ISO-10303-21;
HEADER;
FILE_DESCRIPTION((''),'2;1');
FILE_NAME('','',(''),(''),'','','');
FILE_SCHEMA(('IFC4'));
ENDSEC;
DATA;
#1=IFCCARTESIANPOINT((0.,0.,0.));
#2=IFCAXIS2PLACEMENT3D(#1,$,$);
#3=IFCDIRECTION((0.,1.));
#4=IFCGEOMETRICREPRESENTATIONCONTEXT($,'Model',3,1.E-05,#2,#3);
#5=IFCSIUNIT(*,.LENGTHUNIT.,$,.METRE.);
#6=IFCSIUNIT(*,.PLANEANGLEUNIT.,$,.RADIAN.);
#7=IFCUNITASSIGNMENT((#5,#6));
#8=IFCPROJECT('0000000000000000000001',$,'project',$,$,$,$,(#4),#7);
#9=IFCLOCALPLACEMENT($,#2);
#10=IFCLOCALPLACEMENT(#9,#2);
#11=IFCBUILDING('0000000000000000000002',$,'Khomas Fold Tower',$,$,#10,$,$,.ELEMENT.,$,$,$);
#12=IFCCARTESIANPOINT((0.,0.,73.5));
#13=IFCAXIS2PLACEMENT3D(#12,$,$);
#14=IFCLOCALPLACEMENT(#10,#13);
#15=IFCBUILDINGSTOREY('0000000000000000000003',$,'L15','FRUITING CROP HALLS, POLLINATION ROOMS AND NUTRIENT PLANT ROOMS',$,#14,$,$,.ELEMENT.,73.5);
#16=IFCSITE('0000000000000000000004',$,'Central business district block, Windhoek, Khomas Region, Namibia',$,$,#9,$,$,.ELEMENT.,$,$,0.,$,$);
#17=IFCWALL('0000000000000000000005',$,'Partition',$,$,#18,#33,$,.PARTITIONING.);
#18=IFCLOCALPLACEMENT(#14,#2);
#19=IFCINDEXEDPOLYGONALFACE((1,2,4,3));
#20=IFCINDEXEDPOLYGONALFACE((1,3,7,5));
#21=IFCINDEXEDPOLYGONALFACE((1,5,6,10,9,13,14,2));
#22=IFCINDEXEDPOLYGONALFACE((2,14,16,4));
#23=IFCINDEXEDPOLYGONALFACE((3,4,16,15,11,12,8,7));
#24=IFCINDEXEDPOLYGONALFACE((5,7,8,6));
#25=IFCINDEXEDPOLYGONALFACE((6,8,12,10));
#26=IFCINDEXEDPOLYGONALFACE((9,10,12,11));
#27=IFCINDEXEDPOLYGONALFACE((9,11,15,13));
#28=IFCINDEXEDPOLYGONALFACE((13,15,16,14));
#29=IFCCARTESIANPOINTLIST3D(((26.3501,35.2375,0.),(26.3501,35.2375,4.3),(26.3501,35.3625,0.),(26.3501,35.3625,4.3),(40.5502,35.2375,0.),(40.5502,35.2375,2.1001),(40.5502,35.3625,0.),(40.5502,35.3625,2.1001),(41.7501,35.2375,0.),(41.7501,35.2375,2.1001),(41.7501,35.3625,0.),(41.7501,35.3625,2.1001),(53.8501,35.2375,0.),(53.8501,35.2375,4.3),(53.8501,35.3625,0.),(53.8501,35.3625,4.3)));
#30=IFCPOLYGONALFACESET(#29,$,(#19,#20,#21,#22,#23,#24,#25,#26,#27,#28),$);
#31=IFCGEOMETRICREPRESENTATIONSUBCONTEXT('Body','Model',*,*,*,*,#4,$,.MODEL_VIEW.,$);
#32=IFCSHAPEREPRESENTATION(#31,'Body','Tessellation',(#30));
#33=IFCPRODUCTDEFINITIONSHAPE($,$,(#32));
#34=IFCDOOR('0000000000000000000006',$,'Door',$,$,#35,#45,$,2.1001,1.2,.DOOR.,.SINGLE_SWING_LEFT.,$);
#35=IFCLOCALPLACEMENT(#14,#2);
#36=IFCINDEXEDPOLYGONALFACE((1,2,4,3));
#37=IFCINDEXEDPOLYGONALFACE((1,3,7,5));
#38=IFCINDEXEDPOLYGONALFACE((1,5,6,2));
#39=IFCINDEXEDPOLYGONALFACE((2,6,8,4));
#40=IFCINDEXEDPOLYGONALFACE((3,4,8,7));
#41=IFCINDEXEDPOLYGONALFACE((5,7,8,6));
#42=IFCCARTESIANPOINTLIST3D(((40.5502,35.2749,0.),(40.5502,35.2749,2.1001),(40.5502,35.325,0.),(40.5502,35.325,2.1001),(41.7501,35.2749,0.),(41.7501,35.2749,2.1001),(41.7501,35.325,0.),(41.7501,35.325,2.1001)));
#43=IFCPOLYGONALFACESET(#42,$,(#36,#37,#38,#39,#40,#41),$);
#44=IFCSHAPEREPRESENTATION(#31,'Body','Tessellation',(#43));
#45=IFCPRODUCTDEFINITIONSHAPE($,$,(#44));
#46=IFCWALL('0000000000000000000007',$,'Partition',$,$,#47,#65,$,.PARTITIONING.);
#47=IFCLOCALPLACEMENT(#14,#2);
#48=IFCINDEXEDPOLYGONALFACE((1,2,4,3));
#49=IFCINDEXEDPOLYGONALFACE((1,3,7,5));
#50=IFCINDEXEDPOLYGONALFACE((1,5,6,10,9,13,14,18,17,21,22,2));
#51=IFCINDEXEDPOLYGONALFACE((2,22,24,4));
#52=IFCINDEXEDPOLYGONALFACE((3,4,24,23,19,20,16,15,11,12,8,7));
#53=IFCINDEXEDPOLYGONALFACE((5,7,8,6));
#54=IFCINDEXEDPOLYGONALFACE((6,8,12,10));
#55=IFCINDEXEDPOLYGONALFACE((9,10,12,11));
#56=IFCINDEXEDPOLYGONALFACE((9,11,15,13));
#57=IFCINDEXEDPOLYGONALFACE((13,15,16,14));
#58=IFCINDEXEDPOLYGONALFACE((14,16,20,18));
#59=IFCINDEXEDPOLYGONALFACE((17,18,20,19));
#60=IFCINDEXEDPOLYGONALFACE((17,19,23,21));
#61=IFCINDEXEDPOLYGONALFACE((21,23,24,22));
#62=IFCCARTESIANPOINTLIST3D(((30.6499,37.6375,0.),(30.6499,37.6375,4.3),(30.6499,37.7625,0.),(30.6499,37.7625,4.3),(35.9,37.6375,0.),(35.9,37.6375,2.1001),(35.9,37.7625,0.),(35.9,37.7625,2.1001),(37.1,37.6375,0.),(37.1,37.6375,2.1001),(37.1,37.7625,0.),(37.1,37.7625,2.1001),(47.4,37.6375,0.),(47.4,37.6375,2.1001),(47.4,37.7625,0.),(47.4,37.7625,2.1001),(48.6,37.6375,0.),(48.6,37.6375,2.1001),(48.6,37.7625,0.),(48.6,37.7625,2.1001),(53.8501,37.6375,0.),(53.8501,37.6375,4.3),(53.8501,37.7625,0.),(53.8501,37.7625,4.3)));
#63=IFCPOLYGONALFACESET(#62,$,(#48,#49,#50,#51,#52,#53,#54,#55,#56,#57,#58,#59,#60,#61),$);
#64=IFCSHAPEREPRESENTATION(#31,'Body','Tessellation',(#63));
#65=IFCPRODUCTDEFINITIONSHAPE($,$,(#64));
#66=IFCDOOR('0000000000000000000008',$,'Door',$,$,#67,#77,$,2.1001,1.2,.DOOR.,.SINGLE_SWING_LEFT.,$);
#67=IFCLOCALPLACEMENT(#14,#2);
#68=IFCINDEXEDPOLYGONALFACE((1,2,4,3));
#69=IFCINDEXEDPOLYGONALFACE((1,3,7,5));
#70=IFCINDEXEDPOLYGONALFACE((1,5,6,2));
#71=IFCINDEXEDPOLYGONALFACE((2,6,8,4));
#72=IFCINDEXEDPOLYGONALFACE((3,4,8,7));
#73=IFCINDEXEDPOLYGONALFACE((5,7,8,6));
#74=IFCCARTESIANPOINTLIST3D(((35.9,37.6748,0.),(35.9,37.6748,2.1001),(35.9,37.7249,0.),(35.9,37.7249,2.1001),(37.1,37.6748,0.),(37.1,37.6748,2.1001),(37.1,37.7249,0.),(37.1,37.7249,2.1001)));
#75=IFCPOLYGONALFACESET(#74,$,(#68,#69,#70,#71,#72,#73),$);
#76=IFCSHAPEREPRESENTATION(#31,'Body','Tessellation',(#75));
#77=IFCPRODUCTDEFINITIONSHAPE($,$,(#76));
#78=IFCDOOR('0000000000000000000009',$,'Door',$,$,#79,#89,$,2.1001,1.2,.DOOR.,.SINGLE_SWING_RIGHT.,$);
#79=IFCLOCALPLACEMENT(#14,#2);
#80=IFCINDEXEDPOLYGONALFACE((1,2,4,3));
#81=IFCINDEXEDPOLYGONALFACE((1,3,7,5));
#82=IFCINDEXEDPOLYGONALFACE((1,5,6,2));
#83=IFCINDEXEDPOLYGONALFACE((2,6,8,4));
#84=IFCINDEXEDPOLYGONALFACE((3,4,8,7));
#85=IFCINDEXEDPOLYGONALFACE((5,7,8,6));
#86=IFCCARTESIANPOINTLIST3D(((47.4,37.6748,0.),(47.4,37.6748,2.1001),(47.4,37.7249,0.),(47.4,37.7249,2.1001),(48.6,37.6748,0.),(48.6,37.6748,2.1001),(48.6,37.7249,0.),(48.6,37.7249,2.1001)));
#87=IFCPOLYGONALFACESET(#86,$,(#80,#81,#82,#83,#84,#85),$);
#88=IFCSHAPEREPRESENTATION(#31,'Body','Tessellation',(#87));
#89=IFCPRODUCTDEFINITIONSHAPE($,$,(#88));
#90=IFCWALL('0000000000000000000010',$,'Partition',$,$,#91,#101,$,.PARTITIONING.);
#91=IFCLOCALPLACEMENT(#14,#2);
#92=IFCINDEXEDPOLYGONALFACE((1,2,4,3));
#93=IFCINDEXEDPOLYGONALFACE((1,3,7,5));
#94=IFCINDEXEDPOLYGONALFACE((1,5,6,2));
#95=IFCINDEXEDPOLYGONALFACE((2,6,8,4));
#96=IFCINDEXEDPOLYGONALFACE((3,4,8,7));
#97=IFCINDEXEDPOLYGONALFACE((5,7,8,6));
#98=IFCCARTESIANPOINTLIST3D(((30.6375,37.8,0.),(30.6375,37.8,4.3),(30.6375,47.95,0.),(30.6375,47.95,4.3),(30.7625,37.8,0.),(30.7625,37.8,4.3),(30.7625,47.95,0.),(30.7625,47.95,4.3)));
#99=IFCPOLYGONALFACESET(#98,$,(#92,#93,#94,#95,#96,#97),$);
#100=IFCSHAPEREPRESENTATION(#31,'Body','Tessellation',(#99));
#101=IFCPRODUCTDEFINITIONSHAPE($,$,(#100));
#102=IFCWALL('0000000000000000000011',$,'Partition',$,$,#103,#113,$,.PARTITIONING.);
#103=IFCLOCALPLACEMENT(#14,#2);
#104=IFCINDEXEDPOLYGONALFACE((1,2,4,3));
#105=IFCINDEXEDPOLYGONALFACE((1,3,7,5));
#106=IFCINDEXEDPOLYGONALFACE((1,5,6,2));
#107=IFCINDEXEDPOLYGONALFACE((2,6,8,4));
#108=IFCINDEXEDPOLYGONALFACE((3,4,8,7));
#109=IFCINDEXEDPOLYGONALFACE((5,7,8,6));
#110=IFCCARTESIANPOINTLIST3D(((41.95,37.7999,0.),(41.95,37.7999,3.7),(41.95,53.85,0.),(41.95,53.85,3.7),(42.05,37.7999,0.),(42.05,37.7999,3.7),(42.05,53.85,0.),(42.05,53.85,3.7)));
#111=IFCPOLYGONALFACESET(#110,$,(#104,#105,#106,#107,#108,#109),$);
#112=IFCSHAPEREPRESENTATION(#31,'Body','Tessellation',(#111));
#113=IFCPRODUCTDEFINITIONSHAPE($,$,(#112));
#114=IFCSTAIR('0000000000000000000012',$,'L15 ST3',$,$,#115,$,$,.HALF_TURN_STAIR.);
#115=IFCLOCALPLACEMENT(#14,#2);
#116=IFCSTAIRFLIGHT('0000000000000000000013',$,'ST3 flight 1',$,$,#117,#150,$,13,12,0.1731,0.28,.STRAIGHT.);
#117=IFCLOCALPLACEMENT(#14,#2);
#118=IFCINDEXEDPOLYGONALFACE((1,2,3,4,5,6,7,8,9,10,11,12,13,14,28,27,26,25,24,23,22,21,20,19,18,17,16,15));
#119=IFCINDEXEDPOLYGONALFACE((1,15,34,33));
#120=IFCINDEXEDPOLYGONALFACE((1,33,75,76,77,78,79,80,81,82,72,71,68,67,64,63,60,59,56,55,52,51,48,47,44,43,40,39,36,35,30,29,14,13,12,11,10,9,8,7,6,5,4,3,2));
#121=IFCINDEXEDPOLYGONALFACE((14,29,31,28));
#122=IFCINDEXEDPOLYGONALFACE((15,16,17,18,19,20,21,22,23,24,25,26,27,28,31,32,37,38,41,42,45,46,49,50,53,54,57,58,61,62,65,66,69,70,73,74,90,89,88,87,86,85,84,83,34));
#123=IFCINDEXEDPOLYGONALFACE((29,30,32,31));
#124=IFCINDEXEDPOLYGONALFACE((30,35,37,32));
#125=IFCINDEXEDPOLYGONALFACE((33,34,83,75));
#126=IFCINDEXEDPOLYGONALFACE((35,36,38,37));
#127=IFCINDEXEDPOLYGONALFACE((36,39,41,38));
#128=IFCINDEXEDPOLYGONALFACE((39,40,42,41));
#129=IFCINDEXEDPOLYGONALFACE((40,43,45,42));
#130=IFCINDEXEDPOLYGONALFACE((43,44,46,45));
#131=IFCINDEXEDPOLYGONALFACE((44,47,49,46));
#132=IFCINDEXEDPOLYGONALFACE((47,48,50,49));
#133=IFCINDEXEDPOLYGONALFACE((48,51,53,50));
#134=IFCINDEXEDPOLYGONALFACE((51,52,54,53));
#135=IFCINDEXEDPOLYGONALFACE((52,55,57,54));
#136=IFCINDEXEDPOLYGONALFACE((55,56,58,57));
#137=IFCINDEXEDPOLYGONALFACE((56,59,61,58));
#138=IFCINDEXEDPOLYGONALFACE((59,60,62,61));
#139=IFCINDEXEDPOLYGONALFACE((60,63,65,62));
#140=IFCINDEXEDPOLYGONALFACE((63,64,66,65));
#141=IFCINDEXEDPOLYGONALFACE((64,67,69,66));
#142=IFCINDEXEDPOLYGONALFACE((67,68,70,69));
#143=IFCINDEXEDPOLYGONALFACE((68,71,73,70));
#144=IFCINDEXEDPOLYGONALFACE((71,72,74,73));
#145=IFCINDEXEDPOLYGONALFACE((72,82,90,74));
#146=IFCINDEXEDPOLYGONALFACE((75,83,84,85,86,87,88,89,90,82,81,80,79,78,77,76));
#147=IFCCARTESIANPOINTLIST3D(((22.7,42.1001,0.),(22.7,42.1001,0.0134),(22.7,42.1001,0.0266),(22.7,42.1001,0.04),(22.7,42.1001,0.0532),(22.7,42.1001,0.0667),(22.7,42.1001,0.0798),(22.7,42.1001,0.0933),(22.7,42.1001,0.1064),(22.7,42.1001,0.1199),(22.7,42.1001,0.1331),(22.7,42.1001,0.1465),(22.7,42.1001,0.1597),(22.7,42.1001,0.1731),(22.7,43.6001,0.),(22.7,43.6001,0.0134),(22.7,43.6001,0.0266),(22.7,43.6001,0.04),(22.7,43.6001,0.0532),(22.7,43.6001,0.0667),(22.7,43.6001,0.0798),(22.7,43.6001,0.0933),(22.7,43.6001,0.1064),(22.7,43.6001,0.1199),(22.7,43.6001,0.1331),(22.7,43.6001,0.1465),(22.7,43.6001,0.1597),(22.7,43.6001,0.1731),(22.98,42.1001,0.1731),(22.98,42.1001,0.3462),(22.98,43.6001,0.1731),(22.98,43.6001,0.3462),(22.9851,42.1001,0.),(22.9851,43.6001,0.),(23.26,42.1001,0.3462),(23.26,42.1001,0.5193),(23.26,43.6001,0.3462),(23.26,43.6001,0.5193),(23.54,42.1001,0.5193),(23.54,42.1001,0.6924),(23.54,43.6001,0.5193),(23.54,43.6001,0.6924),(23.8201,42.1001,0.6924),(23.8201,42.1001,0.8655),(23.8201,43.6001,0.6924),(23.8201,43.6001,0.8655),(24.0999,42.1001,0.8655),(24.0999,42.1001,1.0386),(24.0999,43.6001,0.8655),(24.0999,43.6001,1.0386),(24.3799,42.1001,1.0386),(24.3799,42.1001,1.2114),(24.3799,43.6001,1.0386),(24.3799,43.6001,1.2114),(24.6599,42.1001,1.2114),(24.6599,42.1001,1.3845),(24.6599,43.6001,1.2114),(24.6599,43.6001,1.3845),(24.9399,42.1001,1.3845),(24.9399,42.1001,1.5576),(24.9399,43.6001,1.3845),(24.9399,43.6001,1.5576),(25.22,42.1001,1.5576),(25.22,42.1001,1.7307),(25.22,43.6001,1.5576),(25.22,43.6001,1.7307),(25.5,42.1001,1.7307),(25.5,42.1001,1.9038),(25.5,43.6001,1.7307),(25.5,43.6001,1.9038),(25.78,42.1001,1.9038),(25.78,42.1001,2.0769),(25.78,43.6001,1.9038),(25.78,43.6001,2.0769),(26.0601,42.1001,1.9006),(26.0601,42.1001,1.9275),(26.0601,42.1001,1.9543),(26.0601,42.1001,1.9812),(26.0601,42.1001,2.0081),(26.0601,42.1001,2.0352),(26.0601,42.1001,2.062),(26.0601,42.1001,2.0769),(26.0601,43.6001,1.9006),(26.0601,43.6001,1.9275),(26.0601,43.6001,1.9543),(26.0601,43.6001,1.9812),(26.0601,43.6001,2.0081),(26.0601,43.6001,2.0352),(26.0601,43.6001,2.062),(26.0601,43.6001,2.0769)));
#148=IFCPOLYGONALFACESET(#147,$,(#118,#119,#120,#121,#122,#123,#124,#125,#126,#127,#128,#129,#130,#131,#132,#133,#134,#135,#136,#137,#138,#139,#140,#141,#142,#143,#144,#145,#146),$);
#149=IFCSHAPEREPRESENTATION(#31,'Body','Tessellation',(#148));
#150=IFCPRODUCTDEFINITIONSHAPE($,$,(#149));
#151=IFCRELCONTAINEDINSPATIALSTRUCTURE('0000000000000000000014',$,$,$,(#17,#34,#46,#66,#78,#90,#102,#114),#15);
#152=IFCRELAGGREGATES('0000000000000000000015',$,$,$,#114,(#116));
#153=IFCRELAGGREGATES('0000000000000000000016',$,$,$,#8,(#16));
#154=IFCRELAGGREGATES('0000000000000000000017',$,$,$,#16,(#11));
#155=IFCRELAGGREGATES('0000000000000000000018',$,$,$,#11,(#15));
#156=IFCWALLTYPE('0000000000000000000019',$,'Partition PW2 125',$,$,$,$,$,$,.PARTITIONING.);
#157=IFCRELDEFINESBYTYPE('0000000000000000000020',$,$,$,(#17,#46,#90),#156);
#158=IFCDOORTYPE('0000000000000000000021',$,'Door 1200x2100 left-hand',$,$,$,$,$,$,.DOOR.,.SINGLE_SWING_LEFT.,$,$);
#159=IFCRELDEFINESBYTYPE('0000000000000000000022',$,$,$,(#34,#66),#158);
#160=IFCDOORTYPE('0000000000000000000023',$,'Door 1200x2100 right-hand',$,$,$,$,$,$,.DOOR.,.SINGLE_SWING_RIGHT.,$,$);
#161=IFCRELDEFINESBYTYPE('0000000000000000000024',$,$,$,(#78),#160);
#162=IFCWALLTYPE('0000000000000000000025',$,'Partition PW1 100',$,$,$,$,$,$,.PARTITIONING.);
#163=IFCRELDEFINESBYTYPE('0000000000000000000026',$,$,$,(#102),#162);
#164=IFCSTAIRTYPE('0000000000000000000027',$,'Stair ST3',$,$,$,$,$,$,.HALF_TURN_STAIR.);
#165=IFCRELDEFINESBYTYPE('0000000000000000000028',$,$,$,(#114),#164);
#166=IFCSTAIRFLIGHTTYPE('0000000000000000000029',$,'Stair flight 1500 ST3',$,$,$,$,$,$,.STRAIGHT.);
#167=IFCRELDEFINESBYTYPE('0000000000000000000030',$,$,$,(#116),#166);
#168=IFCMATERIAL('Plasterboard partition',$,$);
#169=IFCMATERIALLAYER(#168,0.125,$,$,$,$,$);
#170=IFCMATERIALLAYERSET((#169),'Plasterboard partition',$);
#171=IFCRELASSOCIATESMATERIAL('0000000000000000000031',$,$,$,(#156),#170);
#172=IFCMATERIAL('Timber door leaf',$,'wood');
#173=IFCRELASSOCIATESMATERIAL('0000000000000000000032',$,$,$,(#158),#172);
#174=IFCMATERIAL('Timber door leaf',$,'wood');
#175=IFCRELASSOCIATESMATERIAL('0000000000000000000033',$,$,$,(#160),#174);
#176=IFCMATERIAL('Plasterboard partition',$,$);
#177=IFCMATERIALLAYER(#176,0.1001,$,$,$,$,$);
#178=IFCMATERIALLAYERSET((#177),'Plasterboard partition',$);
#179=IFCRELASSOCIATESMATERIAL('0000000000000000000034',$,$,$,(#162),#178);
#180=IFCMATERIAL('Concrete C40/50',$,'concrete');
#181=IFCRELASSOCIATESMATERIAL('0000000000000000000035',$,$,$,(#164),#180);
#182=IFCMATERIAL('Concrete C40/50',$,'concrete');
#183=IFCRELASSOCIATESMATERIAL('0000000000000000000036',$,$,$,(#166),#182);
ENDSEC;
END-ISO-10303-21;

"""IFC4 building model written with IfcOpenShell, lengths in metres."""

from ifc_helpers import new_model, si_unit, direction, frame, frame_2d, origin, place, context, subcontext, project, spatial, polyline, rectangle, outline, extrude, source, transform, mapped, material, layer, layer_set, type_object, element, fill, aggregate, save


model = new_model("IFC4")

# Units and contexts
model_context = context("Model", 3, precision=1e-05, world=origin(), true_north=direction((0.0, 1.0)))
body_context = subcontext(model_context, "Body", "Model", "MODEL_VIEW")
ifc_project = project(units=[si_unit("LENGTHUNIT", "METRE"), si_unit("PLANEANGLEUNIT", "RADIAN")], contexts=[model_context])

# Site, building, storey
site_placement = place(None, origin())
site = spatial("IfcSite", under=ifc_project, at=site_placement, Name="Central business district block, Windhoek, Khomas Region, Namibia", CompositionType="ELEMENT", RefElevation=0.0)
building_placement = place(site_placement, origin())
building = spatial("IfcBuilding", under=site, at=building_placement, Name="Khomas Fold Tower", CompositionType="ELEMENT")
storey_placement = place(building_placement, frame((0.0, 0.0, 73.5)))
storey = spatial("IfcBuildingStorey", under=building, at=storey_placement, Name="L15", Description="FRUITING CROP HALLS, POLLINATION ROOMS AND NUTRIENT PLANT ROOMS", CompositionType="ELEMENT", Elevation=73.5)

# Wall, opening, door
ifc_material_1 = material(Name="Plasterboard partition")
ifc_layer_1 = layer(ifc_material_1, 0.125)
ifc_layer_set_1 = layer_set([ifc_layer_1], Name="Plasterboard partition")
wall_type_1 = type_object("IfcWallType", Name="Partition PW2 125", PredefinedType="PARTITIONING", material=ifc_layer_set_1)
shared_shape_1 = source(origin(), body_context, "Body", "SweptSolid", [
    extrude(rectangle(XDim=27.5, YDim=0.125, at=frame_2d((13.75, 0.0))), origin(), (0.0, 0.0, 1.0), 4.3),
])
wall_1_placement = place(storey_placement, frame((26.3501, 35.3, 0.0), z_axis=(0.0, 0.0, 1.0), x_axis=(1.0, 0.0, 0.0)))
wall_1 = element("IfcWall", 1, at=wall_1_placement, inside=storey, type_object=wall_type_1, Name="Partition", PredefinedType="PARTITIONING", context=body_context, shape_type="MappedRepresentation", body=[
    mapped(shared_shape_1, transform((0.0, 0.0, 0.0))),
])
shared_shape_2 = source(origin(), body_context, "Body", "SweptSolid", [
    extrude(rectangle(XDim=1.2, YDim=2.1001, at=frame_2d((0.6001, 1.05))), frame((0.0, 0.0725, 0.0), z_axis=(0.0, -1.0, 0.0), x_axis=(1.0, 0.0, 0.0)), (0.0, 0.0, 1.0), 0.145),
])
opening_1_placement = place(wall_1_placement, frame((14.2, 0.0, 0.0)))
opening_1 = element("IfcOpeningElement", 2, at=opening_1_placement, cuts=wall_1, PredefinedType="OPENING", context=body_context, shape_type="MappedRepresentation", body=[
    mapped(shared_shape_2, transform((0.0, 0.0, 0.0))),
])
ifc_material_2 = material(Name="Timber door leaf", Category="wood")
door_type_1 = type_object("IfcDoorType", Name="Door 1200x2100 left-hand", OperationType="SINGLE_SWING_LEFT", PredefinedType="DOOR", material=ifc_material_2)
shared_shape_3 = source(origin(), body_context, "Body", "SweptSolid", [
    extrude(rectangle(XDim=1.2, YDim=2.1001, at=frame_2d((0.6001, 1.05))), frame((0.0, 0.0249, 0.0), z_axis=(0.0, -1.0, 0.0), x_axis=(1.0, 0.0, 0.0)), (0.0, 0.0, 1.0), 0.05),
])
door_1_placement = place(opening_1_placement, origin())
door_1 = element("IfcDoor", 3, at=door_1_placement, inside=storey, type_object=door_type_1, Name="Door", OperationType="SINGLE_SWING_LEFT", OverallHeight=2.1001, OverallWidth=1.2, PredefinedType="DOOR", context=body_context, shape_type="MappedRepresentation", body=[
    mapped(shared_shape_3, transform((0.0, 0.0, 0.0))),
])
fill(opening_1, door_1)

# Wall, openings, doors
shared_shape_4 = source(origin(), body_context, "Body", "SweptSolid", [
    extrude(rectangle(XDim=23.2002, YDim=0.125, at=frame_2d((11.6001, 0.0))), origin(), (0.0, 0.0, 1.0), 4.3),
])
wall_2_placement = place(storey_placement, frame((30.6499, 37.7, 0.0), z_axis=(0.0, 0.0, 1.0), x_axis=(1.0, 0.0, 0.0)))
wall_2 = element("IfcWall", 4, at=wall_2_placement, inside=storey, type_object=wall_type_1, Name="Partition", PredefinedType="PARTITIONING", context=body_context, shape_type="MappedRepresentation", body=[
    mapped(shared_shape_4, transform((0.0, 0.0, 0.0))),
])
opening_2_placement = place(wall_2_placement, frame((5.25, 0.0, 0.0)))
opening_2 = element("IfcOpeningElement", 5, at=opening_2_placement, cuts=wall_2, PredefinedType="OPENING", context=body_context, shape_type="MappedRepresentation", body=[
    mapped(shared_shape_2, transform((0.0, 0.0, 0.0))),
])
opening_3_placement = place(wall_2_placement, frame((16.75, 0.0, 0.0)))
opening_3 = element("IfcOpeningElement", 6, at=opening_3_placement, cuts=wall_2, PredefinedType="OPENING", context=body_context, shape_type="MappedRepresentation", body=[
    mapped(shared_shape_2, transform((0.0, 0.0, 0.0))),
])
door_2_placement = place(opening_2_placement, origin())
door_2 = element("IfcDoor", 7, at=door_2_placement, inside=storey, type_object=door_type_1, Name="Door", OperationType="SINGLE_SWING_LEFT", OverallHeight=2.1001, OverallWidth=1.2, PredefinedType="DOOR", context=body_context, shape_type="MappedRepresentation", body=[
    mapped(shared_shape_3, transform((0.0, 0.0, 0.0))),
])
fill(opening_2, door_2)
ifc_material_3 = material(Name="Timber door leaf", Category="wood")
door_type_2 = type_object("IfcDoorType", Name="Door 1200x2100 right-hand", OperationType="SINGLE_SWING_RIGHT", PredefinedType="DOOR", material=ifc_material_3)
door_3_placement = place(opening_3_placement, origin())
door_3 = element("IfcDoor", 8, at=door_3_placement, inside=storey, type_object=door_type_2, Name="Door", OperationType="SINGLE_SWING_RIGHT", OverallHeight=2.1001, OverallWidth=1.2, PredefinedType="DOOR", context=body_context, shape_type="MappedRepresentation", body=[
    mapped(shared_shape_3, transform((0.0, 0.0, 0.0))),
])
fill(opening_3, door_3)

# Walls
shared_shape_5 = source(origin(), body_context, "Body", "SweptSolid", [
    extrude(rectangle(XDim=10.1499, YDim=0.125, at=frame_2d((5.075, 0.0))), origin(), (0.0, 0.0, 1.0), 4.3),
])
wall_3_placement = place(storey_placement, frame((30.7, 37.8, 0.0), z_axis=(0.0, 0.0, 1.0), x_axis=(0.0, 1.0, 0.0)))
element("IfcWall", 9, at=wall_3_placement, inside=storey, type_object=wall_type_1, Name="Partition", PredefinedType="PARTITIONING", context=body_context, shape_type="MappedRepresentation", body=[
    mapped(shared_shape_5, transform((0.0, 0.0, 0.0))),
])
ifc_material_4 = material(Name="Plasterboard partition")
ifc_layer_2 = layer(ifc_material_4, 0.1001)
ifc_layer_set_2 = layer_set([ifc_layer_2], Name="Plasterboard partition")
wall_type_2 = type_object("IfcWallType", Name="Partition PW1 100", PredefinedType="PARTITIONING", material=ifc_layer_set_2)
shared_shape_6 = source(origin(), body_context, "Body", "SweptSolid", [
    extrude(rectangle(XDim=16.05, YDim=0.1001, at=frame_2d((8.0249, 0.0))), origin(), (0.0, 0.0, 1.0), 3.7),
])
wall_4_placement = place(storey_placement, frame((42.0, 37.8, 0.0), z_axis=(0.0, 0.0, 1.0), x_axis=(0.0, 1.0, 0.0)))
element("IfcWall", 10, at=wall_4_placement, inside=storey, type_object=wall_type_2, Name="Partition", PredefinedType="PARTITIONING", context=body_context, shape_type="MappedRepresentation", body=[
    mapped(shared_shape_6, transform((0.0, 0.0, 0.0))),
])

# Stair, stair flight
ifc_material_5 = material(Name="Concrete C40/50", Category="concrete")
stair_type = type_object("IfcStairType", Name="Stair ST3", PredefinedType="HALF_TURN_STAIR", material=ifc_material_5)
stair_placement = place(storey_placement, origin())
stair = element("IfcStair", 11, at=stair_placement, inside=storey, type_object=stair_type, Name="L15 ST3", PredefinedType="HALF_TURN_STAIR")
ifc_material_6 = material(Name="Concrete C40/50", Category="concrete")
stair_flight_type = type_object("IfcStairFlightType", Name="Stair flight 1500 ST3", PredefinedType="STRAIGHT", material=ifc_material_6)
shared_shape_7 = source(origin(), body_context, "Body", "SweptSolid", [
    extrude(outline(polyline([(0.0, 0.0), (0.0, 0.0134), (0.0, 0.0266), (0.0, 0.04), (0.0, 0.0532), (0.0, 0.0667), (0.0, 0.0798), (0.0, 0.0933), (0.0, 0.1064), (0.0, 0.1199), (0.0, 0.1331), (0.0, 0.1465), (0.0, 0.1597), (0.0, 0.1731), (0.28, 0.1731), (0.28, 0.3462), (0.5601, 0.3462), (0.5601, 0.5193), (0.8401, 0.5193), (0.8401, 0.6924), (1.1201, 0.6924), (1.1201, 0.8655), (1.3999, 0.8655), (1.3999, 1.0386), (1.6799, 1.0386), (1.6799, 1.2114), (1.96, 1.2114), (1.96, 1.3845), (2.24, 1.3845), (2.24, 1.5576), (2.52, 1.5576), (2.52, 1.7307), (2.8, 1.7307), (2.8, 1.9038), (3.0801, 1.9038), (3.0801, 2.0769), (3.3601, 2.0769), (3.3601, 2.25), (3.3601, 2.2231), (3.3601, 2.1963), (3.3601, 2.1694), (3.3601, 2.1426), (3.3601, 2.1157), (3.3601, 2.0889), (3.3601, 2.062), (3.3601, 2.0352), (3.3601, 2.0081), (3.3601, 1.9812), (3.3601, 1.9543), (3.3601, 1.9275), (3.3601, 1.9006), (0.2852, 0.0), (0.0, 0.0)])), frame((0.0, 0.75, 0.0), z_axis=(0.0, -1.0, 0.0), x_axis=(1.0, 0.0, 0.0)), (0.0, 0.0, 1.0), 1.5),
])
stair_flight_1_placement = place(storey_placement, frame((22.7, 42.8501, 0.0), z_axis=(0.0, 0.0, 1.0), x_axis=(1.0, 0.0, 0.0)))
stair_flight_1 = element("IfcStairFlight", 12, at=stair_flight_1_placement, type_object=stair_flight_type, Name="ST3 flight 1", NumberOfRisers=13, NumberOfTreads=12, PredefinedType="STRAIGHT", RiserHeight=0.1731, TreadLength=0.28, context=body_context, shape_type="MappedRepresentation", body=[
    mapped(shared_shape_7, transform((0.0, 0.0, 0.0))),
])
aggregate(stair, [stair_flight_1])

save(model, "model.ifc")
